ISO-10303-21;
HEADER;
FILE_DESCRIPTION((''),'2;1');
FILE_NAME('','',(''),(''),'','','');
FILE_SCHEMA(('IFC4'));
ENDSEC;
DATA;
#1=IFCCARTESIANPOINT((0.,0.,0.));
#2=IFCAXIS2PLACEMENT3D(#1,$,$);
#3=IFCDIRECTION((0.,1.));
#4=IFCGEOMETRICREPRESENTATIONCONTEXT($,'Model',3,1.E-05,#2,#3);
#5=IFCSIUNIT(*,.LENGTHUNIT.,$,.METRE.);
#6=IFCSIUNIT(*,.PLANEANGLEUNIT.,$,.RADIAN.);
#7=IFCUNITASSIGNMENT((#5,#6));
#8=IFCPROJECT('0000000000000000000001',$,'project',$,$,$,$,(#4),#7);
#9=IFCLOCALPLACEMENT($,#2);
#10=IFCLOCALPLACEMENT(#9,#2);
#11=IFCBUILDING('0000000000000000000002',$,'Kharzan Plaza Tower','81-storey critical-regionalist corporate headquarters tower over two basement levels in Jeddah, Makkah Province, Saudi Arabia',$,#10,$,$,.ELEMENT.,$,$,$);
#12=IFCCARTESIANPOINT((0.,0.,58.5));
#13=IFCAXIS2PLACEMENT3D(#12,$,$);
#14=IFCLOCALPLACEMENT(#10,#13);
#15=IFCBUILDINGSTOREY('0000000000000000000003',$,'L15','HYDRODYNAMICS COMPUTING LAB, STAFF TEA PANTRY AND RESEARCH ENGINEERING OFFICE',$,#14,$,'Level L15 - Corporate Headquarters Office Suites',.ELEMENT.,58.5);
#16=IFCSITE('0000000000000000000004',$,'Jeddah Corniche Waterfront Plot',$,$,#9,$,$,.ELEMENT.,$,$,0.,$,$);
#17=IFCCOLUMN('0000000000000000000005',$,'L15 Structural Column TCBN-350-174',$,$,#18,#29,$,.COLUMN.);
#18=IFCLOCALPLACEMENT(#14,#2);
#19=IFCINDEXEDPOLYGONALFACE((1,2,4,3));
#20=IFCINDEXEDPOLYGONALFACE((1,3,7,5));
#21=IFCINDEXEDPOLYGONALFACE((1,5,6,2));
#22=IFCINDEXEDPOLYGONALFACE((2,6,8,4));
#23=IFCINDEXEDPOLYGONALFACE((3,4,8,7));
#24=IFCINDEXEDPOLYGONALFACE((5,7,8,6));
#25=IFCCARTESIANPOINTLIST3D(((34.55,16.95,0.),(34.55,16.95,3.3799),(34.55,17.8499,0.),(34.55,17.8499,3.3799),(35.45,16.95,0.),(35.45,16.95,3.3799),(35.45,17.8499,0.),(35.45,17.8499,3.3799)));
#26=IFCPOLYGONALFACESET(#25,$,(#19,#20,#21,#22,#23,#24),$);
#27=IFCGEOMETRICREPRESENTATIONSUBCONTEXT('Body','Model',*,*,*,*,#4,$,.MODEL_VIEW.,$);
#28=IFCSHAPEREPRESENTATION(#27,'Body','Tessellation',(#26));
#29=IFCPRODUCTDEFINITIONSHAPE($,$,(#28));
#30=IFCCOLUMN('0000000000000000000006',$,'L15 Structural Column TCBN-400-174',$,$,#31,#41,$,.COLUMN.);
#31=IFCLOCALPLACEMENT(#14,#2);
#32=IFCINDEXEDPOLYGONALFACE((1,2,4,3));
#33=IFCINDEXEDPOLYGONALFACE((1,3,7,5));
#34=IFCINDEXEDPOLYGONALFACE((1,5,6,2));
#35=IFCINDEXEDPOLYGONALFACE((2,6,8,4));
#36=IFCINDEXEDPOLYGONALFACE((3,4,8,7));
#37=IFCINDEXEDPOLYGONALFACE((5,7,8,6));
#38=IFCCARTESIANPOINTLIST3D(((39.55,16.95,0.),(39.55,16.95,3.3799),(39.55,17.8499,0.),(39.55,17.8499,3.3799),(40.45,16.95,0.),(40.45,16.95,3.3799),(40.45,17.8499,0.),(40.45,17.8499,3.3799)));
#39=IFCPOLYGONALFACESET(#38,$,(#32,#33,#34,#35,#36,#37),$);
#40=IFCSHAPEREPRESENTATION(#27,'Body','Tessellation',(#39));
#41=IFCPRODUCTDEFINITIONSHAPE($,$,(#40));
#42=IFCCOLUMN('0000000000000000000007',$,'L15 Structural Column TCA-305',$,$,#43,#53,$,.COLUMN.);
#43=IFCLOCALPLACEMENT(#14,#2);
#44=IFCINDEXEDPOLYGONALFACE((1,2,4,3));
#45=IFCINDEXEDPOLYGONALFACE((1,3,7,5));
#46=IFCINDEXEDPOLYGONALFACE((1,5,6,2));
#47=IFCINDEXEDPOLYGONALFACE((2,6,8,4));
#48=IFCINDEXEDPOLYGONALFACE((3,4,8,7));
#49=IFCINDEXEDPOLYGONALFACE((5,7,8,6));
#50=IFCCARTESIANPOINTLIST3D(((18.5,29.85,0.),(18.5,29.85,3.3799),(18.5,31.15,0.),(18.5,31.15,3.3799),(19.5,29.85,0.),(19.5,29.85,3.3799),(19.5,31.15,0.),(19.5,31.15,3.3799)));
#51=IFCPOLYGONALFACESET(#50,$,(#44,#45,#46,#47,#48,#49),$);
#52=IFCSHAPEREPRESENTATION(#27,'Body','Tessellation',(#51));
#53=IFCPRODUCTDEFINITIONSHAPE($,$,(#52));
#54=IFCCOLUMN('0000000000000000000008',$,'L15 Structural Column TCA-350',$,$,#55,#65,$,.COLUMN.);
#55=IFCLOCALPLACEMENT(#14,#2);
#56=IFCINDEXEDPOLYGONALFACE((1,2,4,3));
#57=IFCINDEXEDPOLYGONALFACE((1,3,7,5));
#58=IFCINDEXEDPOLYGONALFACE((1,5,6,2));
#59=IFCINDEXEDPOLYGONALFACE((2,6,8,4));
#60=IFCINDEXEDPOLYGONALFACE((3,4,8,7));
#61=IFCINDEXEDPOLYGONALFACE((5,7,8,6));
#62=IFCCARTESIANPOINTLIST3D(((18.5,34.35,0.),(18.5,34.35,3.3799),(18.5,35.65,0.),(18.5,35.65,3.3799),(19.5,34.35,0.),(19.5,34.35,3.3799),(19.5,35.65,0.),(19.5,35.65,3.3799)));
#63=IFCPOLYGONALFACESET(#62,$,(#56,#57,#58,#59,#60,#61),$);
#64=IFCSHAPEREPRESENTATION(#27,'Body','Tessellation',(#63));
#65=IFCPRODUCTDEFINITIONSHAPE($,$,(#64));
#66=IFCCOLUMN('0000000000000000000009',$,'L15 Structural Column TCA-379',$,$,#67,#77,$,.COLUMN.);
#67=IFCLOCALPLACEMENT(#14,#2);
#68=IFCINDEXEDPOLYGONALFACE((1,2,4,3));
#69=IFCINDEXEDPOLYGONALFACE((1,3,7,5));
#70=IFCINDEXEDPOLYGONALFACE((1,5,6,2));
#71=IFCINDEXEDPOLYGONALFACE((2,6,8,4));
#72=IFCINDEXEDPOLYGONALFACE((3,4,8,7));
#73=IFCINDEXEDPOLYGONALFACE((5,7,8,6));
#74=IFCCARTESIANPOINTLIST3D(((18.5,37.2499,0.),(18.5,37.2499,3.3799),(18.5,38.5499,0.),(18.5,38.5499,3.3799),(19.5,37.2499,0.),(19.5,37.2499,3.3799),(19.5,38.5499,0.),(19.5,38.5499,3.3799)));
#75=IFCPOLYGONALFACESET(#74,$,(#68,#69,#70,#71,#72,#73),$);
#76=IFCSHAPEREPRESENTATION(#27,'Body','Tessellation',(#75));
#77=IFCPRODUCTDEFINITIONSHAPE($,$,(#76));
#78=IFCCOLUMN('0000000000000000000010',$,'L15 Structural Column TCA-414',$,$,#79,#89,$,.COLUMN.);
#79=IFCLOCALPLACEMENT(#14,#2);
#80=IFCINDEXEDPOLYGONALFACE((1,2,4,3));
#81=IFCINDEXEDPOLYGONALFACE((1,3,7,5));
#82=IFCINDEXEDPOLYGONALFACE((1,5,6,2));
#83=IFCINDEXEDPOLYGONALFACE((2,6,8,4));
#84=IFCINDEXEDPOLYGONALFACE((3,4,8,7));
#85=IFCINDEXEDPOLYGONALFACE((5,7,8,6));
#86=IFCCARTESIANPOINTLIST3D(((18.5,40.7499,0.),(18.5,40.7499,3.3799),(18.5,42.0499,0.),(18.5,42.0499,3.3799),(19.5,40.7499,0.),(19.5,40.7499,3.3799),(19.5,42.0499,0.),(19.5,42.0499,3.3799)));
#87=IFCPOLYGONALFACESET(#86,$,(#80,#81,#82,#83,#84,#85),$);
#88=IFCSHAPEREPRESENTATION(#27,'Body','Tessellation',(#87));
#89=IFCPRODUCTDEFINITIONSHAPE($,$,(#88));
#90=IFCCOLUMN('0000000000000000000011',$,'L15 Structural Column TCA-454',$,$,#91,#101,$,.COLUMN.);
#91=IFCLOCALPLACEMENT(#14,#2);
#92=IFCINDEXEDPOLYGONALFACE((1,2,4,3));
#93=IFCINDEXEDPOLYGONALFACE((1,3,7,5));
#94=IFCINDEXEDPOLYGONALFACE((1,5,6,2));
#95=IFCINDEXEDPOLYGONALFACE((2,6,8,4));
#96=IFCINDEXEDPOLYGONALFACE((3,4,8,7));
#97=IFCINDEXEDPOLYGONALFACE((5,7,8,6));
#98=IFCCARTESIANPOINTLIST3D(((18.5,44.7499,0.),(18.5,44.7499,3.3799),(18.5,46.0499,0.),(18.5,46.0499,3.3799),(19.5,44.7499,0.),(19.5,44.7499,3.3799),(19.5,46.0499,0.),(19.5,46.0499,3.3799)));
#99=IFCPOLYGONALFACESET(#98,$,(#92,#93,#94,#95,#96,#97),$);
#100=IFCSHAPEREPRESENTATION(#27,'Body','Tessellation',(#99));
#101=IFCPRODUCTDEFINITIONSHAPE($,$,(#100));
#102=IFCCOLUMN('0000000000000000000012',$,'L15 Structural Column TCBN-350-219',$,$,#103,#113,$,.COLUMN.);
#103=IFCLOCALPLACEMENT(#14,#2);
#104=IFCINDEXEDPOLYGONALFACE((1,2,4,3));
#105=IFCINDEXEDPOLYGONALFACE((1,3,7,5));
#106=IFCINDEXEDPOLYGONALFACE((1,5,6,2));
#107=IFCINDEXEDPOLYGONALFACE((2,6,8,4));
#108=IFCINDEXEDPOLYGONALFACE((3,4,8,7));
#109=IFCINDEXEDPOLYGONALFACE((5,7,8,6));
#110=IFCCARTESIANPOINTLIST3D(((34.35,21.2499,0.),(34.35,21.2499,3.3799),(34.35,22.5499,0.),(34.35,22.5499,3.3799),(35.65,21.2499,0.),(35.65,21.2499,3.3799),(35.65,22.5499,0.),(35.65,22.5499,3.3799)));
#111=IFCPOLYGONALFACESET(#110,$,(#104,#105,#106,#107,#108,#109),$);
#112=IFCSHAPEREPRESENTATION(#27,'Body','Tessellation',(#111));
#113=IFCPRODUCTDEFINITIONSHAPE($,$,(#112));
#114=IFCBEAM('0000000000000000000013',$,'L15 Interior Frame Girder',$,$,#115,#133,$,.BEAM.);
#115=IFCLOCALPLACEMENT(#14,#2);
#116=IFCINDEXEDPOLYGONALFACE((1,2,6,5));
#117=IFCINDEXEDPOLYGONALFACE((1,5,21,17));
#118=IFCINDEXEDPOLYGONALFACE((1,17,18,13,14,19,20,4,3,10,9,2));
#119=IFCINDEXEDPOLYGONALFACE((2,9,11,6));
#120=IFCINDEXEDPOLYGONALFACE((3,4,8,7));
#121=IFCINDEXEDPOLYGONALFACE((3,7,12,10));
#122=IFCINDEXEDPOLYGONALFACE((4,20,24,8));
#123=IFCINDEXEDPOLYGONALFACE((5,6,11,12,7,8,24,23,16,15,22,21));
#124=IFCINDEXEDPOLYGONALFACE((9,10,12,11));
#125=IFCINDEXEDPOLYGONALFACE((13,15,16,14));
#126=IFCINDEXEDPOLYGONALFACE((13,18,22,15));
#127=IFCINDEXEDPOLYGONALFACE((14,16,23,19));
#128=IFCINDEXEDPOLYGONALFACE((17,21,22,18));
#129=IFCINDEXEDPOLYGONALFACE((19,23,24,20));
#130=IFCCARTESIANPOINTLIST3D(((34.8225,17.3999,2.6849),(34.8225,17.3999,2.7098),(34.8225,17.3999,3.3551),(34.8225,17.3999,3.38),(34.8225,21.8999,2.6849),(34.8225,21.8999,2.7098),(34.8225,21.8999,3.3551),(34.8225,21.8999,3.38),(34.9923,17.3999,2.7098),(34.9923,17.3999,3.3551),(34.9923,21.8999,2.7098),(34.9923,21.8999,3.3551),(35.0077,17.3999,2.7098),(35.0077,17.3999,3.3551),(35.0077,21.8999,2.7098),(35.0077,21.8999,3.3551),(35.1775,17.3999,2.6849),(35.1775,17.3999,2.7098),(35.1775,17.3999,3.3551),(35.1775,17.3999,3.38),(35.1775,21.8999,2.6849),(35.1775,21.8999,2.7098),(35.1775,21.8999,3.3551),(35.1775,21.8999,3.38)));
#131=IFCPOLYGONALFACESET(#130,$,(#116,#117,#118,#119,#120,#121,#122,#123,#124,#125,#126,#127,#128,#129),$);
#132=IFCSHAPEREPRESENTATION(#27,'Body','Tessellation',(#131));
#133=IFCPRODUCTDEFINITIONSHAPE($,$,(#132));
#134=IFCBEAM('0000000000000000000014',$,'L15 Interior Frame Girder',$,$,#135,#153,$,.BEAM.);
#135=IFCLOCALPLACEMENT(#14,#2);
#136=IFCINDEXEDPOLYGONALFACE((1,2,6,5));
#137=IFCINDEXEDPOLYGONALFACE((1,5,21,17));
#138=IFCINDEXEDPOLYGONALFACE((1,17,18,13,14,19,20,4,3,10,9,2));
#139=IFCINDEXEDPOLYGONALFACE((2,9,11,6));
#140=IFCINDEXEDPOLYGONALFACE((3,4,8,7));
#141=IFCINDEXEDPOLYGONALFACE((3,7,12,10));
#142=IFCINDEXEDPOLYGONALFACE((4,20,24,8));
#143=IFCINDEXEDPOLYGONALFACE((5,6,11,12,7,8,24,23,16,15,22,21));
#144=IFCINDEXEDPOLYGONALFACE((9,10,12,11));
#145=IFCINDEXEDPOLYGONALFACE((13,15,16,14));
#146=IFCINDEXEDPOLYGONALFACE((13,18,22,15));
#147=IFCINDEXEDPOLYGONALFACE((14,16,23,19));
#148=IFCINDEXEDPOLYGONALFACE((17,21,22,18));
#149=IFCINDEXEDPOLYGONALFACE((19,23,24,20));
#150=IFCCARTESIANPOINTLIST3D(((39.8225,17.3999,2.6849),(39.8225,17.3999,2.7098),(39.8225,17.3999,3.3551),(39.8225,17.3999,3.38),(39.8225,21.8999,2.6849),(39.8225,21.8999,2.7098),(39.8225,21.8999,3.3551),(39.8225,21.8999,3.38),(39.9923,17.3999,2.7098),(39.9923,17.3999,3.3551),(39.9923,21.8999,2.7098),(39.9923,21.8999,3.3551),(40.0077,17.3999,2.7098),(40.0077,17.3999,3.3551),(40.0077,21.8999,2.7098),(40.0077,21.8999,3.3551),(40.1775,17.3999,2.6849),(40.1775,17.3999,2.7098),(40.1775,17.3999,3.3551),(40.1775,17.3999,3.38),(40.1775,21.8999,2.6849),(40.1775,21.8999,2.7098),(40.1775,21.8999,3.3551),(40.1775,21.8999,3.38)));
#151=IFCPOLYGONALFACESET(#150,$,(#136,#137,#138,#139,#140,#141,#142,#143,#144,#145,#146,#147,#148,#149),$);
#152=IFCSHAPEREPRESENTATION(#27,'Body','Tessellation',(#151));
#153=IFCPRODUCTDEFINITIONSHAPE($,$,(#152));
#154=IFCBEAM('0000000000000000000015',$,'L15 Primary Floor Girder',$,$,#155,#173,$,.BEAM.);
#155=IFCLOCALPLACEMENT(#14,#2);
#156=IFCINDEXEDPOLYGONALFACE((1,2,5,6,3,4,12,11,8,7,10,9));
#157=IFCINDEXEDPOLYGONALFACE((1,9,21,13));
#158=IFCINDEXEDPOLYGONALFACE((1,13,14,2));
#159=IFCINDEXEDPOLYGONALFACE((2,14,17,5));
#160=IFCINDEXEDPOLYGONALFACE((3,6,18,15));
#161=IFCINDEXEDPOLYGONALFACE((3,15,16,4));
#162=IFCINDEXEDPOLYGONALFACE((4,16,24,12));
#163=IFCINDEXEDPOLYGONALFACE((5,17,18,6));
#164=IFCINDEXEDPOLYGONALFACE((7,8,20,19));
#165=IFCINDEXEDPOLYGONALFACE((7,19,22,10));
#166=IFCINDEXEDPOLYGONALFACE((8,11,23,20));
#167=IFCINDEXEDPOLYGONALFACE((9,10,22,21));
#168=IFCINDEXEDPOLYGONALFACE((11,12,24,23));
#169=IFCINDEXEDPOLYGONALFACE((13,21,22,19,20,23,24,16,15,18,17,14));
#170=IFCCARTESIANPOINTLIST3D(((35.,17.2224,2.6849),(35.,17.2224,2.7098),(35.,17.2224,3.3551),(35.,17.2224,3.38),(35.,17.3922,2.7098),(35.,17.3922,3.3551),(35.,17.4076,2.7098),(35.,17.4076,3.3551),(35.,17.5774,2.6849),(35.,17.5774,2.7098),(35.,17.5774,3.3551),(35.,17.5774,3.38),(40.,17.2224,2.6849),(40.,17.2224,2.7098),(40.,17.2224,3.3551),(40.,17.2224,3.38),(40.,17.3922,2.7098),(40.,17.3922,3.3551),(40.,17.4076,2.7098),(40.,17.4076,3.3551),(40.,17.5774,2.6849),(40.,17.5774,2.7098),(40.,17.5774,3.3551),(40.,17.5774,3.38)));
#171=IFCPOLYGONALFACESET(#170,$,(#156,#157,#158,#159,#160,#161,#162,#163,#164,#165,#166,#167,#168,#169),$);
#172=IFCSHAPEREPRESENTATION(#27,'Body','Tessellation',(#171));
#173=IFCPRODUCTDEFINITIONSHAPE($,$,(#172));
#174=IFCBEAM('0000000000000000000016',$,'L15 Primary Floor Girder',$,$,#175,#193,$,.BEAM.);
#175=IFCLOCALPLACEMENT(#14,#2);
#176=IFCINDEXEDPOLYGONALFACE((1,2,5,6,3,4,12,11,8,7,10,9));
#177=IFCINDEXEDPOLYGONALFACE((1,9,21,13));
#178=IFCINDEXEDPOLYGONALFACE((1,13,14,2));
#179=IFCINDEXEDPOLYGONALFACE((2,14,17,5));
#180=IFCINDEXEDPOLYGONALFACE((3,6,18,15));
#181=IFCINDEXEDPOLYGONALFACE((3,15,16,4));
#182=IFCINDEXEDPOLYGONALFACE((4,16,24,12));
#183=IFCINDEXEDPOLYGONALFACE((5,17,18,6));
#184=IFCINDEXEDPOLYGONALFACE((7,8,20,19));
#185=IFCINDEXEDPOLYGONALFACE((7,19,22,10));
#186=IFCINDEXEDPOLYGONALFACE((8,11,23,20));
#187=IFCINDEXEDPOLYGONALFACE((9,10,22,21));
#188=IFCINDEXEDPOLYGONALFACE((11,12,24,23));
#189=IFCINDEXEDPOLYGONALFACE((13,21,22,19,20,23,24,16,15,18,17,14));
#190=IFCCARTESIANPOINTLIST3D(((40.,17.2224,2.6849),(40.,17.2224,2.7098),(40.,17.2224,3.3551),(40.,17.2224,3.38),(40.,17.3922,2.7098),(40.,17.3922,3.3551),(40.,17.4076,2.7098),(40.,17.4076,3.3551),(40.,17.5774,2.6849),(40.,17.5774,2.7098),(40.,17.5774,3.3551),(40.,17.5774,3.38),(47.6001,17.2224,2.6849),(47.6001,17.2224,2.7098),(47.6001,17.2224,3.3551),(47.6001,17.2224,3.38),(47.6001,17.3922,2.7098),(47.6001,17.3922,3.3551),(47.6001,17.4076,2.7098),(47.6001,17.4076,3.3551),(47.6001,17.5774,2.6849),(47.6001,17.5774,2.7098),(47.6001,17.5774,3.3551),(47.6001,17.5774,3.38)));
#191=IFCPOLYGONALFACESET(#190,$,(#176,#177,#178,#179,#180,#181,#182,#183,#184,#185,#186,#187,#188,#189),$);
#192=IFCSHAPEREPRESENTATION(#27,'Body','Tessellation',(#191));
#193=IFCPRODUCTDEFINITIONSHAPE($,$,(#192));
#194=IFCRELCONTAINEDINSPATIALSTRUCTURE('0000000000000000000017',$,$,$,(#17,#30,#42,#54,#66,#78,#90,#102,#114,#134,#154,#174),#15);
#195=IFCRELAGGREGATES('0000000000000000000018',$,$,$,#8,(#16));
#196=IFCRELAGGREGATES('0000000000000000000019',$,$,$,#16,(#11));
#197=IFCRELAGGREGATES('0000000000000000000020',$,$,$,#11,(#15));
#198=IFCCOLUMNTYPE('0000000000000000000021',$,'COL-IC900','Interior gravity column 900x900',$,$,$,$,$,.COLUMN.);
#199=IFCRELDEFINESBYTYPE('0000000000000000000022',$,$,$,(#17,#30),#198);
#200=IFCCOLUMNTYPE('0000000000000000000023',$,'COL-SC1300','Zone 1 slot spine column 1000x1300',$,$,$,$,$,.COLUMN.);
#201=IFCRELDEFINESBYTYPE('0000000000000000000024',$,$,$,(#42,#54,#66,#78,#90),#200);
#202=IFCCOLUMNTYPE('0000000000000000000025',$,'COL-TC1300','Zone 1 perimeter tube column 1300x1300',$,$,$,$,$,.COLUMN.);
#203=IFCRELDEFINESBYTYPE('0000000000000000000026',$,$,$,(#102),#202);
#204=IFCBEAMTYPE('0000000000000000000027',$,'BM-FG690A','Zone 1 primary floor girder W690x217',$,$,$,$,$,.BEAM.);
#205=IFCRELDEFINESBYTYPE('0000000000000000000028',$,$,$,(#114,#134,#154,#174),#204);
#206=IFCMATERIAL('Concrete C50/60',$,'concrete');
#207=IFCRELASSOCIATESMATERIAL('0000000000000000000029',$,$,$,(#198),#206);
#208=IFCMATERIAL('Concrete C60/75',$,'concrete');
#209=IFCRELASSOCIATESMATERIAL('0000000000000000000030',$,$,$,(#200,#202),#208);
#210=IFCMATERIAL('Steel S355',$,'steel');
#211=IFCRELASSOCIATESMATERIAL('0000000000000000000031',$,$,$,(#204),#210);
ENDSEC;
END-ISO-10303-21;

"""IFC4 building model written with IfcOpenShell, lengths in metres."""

from ifc_helpers import new_model, si_unit, direction, frame, origin, origin_2d, place, context, subcontext, project, spatial, rectangle, i_section, extrude, source, transform, mapped, material, material_profile, profile_set, type_object, element, save


model = new_model("IFC4")

# Units and contexts
model_context = context("Model", 3, precision=1e-05, world=origin(), true_north=direction((0.0, 1.0)))
body_context = subcontext(model_context, "Body", "Model", "MODEL_VIEW")
ifc_project = project(units=[si_unit("LENGTHUNIT", "METRE"), si_unit("PLANEANGLEUNIT", "RADIAN")], contexts=[model_context])

# Site, building, storey
site_placement = place(None, origin())
site = spatial("IfcSite", under=ifc_project, at=site_placement, Name="Jeddah Corniche Waterfront Plot", CompositionType="ELEMENT", RefElevation=0.0)
building_placement = place(site_placement, origin())
building = spatial("IfcBuilding", under=site, at=building_placement, Name="Kharzan Plaza Tower", Description="81-storey critical-regionalist corporate headquarters tower over two basement levels in Jeddah, Makkah Province, Saudi Arabia", CompositionType="ELEMENT")
storey_placement = place(building_placement, frame((0.0, 0.0, 58.5)))
storey = spatial("IfcBuildingStorey", under=building, at=storey_placement, Name="L15", Description="HYDRODYNAMICS COMPUTING LAB, STAFF TEA PANTRY AND RESEARCH ENGINEERING OFFICE", LongName="Level L15 - Corporate Headquarters Office Suites", CompositionType="ELEMENT", Elevation=58.5)

# Columns
ifc_material_1 = material(Name="Concrete C50/60", Category="concrete")
ifc_material_profile_1 = material_profile(ifc_material_1, rectangle(XDim=0.8999, YDim=0.8999, at=origin_2d()), Name="RC-IC900x900")
ifc_profile_set_1 = profile_set([ifc_material_profile_1], Name="Concrete C50/60")
column_type_1 = type_object("IfcColumnType", Name="COL-IC900", Description="Interior gravity column 900x900", PredefinedType="COLUMN", material=ifc_profile_set_1)
shared_shape_1 = source(origin(), body_context, "Body", "SweptSolid", [
    extrude(rectangle(XDim=0.8999, YDim=0.8999, at=origin_2d()), origin(), (0.0, 0.0, 1.0), 3.3799),
])
for number, where, z_axis, x_axis, name in (
    (1, (35.0, 17.3999, 0.0), (0.0, 0.0, 1.0), (1.0, 0.0, 0.0), "L15 Structural Column TCBN-350-174"),
    (2, (40.0, 17.3999, 0.0), (0.0, 0.0, 1.0), (1.0, 0.0, 0.0), "L15 Structural Column TCBN-400-174"),
):
    element("IfcColumn", number, at=place(storey_placement, frame(where, z_axis=z_axis, x_axis=x_axis)), inside=storey, type_object=column_type_1, Name=name, PredefinedType="COLUMN", context=body_context, shape_type="MappedRepresentation", body=[
        mapped(shared_shape_1, transform((0.0, 0.0, 0.0), x_axis=(1.0, 0.0, 0.0), y_axis=(0.0, 1.0, 0.0), z_axis=(0.0, 0.0, 1.0))),
    ])
ifc_material_2 = material(Name="Concrete C60/75", Category="concrete")
ifc_material_profile_2 = material_profile(ifc_material_2, rectangle(XDim=1.0, YDim=1.3, at=origin_2d()), Name="RC-SC1300x1000")
ifc_profile_set_2 = profile_set([ifc_material_profile_2], Name="Concrete C60/75")
column_type_2 = type_object("IfcColumnType", Name="COL-SC1300", Description="Zone 1 slot spine column 1000x1300", PredefinedType="COLUMN", material=ifc_profile_set_2)
shared_shape_2 = source(origin(), body_context, "Body", "SweptSolid", [
    extrude(rectangle(XDim=1.0, YDim=1.3, at=origin_2d()), origin(), (0.0, 0.0, 1.0), 3.3799),
])
for number, where, z_axis, x_axis, name in (
    (3, (19.0, 30.5, 0.0), (0.0, 0.0, 1.0), (1.0, 0.0, 0.0), "L15 Structural Column TCA-305"),
    (4, (19.0, 35.0, 0.0), (0.0, 0.0, 1.0), (1.0, 0.0, 0.0), "L15 Structural Column TCA-350"),
    (5, (19.0, 37.8999, 0.0), (0.0, 0.0, 1.0), (1.0, 0.0, 0.0), "L15 Structural Column TCA-379"),
    (6, (19.0, 41.3999, 0.0), (0.0, 0.0, 1.0), (1.0, 0.0, 0.0), "L15 Structural Column TCA-414"),
    (7, (19.0, 45.3999, 0.0), (0.0, 0.0, 1.0), (1.0, 0.0, 0.0), "L15 Structural Column TCA-454"),
):
    element("IfcColumn", number, at=place(storey_placement, frame(where, z_axis=z_axis, x_axis=x_axis)), inside=storey, type_object=column_type_2, Name=name, PredefinedType="COLUMN", context=body_context, shape_type="MappedRepresentation", body=[
        mapped(shared_shape_2, transform((0.0, 0.0, 0.0), x_axis=(1.0, 0.0, 0.0), y_axis=(0.0, 1.0, 0.0), z_axis=(0.0, 0.0, 1.0))),
    ])
ifc_material_profile_3 = material_profile(ifc_material_2, rectangle(XDim=1.3, YDim=1.3, at=origin_2d()), Name="RC-TC1300x1300")
ifc_profile_set_3 = profile_set([ifc_material_profile_3], Name="Concrete C60/75")
column_type_3 = type_object("IfcColumnType", Name="COL-TC1300", Description="Zone 1 perimeter tube column 1300x1300", PredefinedType="COLUMN", material=ifc_profile_set_3)
shared_shape_3 = source(origin(), body_context, "Body", "SweptSolid", [
    extrude(rectangle(XDim=1.3, YDim=1.3, at=origin_2d()), origin(), (0.0, 0.0, 1.0), 3.3799),
])
column_placement = place(storey_placement, frame((35.0, 21.8999, 0.0), z_axis=(0.0, 0.0, 1.0), x_axis=(1.0, 0.0, 0.0)))
element("IfcColumn", 8, at=column_placement, inside=storey, type_object=column_type_3, Name="L15 Structural Column TCBN-350-219", PredefinedType="COLUMN", context=body_context, shape_type="MappedRepresentation", body=[
    mapped(shared_shape_3, transform((0.0, 0.0, 0.0), x_axis=(1.0, 0.0, 0.0), y_axis=(0.0, 1.0, 0.0), z_axis=(0.0, 0.0, 1.0))),
])

# Beams
ifc_material_3 = material(Name="Steel S355", Category="steel")
ifc_material_profile_4 = material_profile(ifc_material_3, i_section(OverallWidth=0.355, OverallDepth=0.6951, WebThickness=0.0154, FlangeThickness=0.0249, at=origin_2d()), Name="W690x217")
ifc_profile_set_4 = profile_set([ifc_material_profile_4], Name="Steel S355")
beam_type_1 = type_object("IfcBeamType", Name="BM-FG690A", Description="Zone 1 primary floor girder W690x217", PredefinedType="BEAM", material=ifc_profile_set_4)
shared_shape_4 = source(origin(), body_context, "Body", "SweptSolid", [
    extrude(i_section(OverallWidth=0.355, OverallDepth=0.6951, WebThickness=0.0154, FlangeThickness=0.0249, at=origin_2d()), origin(), (0.0, 0.0, 1.0), 4.5),
])
for number, where, z_axis, x_axis, name in (
    (9, (35.0, 17.3999, 3.0325), (0.0, 1.0, 0.0), (-1.0, 0.0, 0.0), "L15 Interior Frame Girder"),
    (10, (40.0, 17.3999, 3.0325), (0.0, 1.0, 0.0), (-1.0, 0.0, 0.0), "L15 Interior Frame Girder"),
):
    element("IfcBeam", number, at=place(storey_placement, frame(where, z_axis=z_axis, x_axis=x_axis)), inside=storey, type_object=beam_type_1, Name=name, PredefinedType="BEAM", context=body_context, shape_type="MappedRepresentation", body=[
        mapped(shared_shape_4, transform((0.0, 0.0, 0.0), x_axis=(1.0, 0.0, 0.0), y_axis=(0.0, 1.0, 0.0), z_axis=(0.0, 0.0, 1.0))),
    ])
shared_shape_5 = source(origin(), body_context, "Body", "SweptSolid", [
    extrude(i_section(OverallWidth=0.355, OverallDepth=0.6951, WebThickness=0.0154, FlangeThickness=0.0249, at=origin_2d()), origin(), (0.0, 0.0, 1.0), 5.0),
])
beam_1_placement = place(storey_placement, frame((35.0, 17.3999, 3.0325), z_axis=(1.0, 0.0, 0.0), x_axis=(0.0, 1.0, 0.0)))
element("IfcBeam", 11, at=beam_1_placement, inside=storey, type_object=beam_type_1, Name="L15 Primary Floor Girder", PredefinedType="BEAM", context=body_context, shape_type="MappedRepresentation", body=[
    mapped(shared_shape_5, transform((0.0, 0.0, 0.0), x_axis=(1.0, 0.0, 0.0), y_axis=(0.0, 1.0, 0.0), z_axis=(0.0, 0.0, 1.0))),
])
shared_shape_6 = source(origin(), body_context, "Body", "SweptSolid", [
    extrude(i_section(OverallWidth=0.355, OverallDepth=0.6951, WebThickness=0.0154, FlangeThickness=0.0249, at=origin_2d()), origin(), (0.0, 0.0, 1.0), 7.6001),
])
beam_2_placement = place(storey_placement, frame((40.0, 17.3999, 3.0325), z_axis=(1.0, 0.0, 0.0), x_axis=(0.0, 1.0, 0.0)))
element("IfcBeam", 12, at=beam_2_placement, inside=storey, type_object=beam_type_1, Name="L15 Primary Floor Girder", PredefinedType="BEAM", context=body_context, shape_type="MappedRepresentation", body=[
    mapped(shared_shape_6, transform((0.0, 0.0, 0.0), x_axis=(1.0, 0.0, 0.0), y_axis=(0.0, 1.0, 0.0), z_axis=(0.0, 0.0, 1.0))),
])

save(model, "model.ifc")
